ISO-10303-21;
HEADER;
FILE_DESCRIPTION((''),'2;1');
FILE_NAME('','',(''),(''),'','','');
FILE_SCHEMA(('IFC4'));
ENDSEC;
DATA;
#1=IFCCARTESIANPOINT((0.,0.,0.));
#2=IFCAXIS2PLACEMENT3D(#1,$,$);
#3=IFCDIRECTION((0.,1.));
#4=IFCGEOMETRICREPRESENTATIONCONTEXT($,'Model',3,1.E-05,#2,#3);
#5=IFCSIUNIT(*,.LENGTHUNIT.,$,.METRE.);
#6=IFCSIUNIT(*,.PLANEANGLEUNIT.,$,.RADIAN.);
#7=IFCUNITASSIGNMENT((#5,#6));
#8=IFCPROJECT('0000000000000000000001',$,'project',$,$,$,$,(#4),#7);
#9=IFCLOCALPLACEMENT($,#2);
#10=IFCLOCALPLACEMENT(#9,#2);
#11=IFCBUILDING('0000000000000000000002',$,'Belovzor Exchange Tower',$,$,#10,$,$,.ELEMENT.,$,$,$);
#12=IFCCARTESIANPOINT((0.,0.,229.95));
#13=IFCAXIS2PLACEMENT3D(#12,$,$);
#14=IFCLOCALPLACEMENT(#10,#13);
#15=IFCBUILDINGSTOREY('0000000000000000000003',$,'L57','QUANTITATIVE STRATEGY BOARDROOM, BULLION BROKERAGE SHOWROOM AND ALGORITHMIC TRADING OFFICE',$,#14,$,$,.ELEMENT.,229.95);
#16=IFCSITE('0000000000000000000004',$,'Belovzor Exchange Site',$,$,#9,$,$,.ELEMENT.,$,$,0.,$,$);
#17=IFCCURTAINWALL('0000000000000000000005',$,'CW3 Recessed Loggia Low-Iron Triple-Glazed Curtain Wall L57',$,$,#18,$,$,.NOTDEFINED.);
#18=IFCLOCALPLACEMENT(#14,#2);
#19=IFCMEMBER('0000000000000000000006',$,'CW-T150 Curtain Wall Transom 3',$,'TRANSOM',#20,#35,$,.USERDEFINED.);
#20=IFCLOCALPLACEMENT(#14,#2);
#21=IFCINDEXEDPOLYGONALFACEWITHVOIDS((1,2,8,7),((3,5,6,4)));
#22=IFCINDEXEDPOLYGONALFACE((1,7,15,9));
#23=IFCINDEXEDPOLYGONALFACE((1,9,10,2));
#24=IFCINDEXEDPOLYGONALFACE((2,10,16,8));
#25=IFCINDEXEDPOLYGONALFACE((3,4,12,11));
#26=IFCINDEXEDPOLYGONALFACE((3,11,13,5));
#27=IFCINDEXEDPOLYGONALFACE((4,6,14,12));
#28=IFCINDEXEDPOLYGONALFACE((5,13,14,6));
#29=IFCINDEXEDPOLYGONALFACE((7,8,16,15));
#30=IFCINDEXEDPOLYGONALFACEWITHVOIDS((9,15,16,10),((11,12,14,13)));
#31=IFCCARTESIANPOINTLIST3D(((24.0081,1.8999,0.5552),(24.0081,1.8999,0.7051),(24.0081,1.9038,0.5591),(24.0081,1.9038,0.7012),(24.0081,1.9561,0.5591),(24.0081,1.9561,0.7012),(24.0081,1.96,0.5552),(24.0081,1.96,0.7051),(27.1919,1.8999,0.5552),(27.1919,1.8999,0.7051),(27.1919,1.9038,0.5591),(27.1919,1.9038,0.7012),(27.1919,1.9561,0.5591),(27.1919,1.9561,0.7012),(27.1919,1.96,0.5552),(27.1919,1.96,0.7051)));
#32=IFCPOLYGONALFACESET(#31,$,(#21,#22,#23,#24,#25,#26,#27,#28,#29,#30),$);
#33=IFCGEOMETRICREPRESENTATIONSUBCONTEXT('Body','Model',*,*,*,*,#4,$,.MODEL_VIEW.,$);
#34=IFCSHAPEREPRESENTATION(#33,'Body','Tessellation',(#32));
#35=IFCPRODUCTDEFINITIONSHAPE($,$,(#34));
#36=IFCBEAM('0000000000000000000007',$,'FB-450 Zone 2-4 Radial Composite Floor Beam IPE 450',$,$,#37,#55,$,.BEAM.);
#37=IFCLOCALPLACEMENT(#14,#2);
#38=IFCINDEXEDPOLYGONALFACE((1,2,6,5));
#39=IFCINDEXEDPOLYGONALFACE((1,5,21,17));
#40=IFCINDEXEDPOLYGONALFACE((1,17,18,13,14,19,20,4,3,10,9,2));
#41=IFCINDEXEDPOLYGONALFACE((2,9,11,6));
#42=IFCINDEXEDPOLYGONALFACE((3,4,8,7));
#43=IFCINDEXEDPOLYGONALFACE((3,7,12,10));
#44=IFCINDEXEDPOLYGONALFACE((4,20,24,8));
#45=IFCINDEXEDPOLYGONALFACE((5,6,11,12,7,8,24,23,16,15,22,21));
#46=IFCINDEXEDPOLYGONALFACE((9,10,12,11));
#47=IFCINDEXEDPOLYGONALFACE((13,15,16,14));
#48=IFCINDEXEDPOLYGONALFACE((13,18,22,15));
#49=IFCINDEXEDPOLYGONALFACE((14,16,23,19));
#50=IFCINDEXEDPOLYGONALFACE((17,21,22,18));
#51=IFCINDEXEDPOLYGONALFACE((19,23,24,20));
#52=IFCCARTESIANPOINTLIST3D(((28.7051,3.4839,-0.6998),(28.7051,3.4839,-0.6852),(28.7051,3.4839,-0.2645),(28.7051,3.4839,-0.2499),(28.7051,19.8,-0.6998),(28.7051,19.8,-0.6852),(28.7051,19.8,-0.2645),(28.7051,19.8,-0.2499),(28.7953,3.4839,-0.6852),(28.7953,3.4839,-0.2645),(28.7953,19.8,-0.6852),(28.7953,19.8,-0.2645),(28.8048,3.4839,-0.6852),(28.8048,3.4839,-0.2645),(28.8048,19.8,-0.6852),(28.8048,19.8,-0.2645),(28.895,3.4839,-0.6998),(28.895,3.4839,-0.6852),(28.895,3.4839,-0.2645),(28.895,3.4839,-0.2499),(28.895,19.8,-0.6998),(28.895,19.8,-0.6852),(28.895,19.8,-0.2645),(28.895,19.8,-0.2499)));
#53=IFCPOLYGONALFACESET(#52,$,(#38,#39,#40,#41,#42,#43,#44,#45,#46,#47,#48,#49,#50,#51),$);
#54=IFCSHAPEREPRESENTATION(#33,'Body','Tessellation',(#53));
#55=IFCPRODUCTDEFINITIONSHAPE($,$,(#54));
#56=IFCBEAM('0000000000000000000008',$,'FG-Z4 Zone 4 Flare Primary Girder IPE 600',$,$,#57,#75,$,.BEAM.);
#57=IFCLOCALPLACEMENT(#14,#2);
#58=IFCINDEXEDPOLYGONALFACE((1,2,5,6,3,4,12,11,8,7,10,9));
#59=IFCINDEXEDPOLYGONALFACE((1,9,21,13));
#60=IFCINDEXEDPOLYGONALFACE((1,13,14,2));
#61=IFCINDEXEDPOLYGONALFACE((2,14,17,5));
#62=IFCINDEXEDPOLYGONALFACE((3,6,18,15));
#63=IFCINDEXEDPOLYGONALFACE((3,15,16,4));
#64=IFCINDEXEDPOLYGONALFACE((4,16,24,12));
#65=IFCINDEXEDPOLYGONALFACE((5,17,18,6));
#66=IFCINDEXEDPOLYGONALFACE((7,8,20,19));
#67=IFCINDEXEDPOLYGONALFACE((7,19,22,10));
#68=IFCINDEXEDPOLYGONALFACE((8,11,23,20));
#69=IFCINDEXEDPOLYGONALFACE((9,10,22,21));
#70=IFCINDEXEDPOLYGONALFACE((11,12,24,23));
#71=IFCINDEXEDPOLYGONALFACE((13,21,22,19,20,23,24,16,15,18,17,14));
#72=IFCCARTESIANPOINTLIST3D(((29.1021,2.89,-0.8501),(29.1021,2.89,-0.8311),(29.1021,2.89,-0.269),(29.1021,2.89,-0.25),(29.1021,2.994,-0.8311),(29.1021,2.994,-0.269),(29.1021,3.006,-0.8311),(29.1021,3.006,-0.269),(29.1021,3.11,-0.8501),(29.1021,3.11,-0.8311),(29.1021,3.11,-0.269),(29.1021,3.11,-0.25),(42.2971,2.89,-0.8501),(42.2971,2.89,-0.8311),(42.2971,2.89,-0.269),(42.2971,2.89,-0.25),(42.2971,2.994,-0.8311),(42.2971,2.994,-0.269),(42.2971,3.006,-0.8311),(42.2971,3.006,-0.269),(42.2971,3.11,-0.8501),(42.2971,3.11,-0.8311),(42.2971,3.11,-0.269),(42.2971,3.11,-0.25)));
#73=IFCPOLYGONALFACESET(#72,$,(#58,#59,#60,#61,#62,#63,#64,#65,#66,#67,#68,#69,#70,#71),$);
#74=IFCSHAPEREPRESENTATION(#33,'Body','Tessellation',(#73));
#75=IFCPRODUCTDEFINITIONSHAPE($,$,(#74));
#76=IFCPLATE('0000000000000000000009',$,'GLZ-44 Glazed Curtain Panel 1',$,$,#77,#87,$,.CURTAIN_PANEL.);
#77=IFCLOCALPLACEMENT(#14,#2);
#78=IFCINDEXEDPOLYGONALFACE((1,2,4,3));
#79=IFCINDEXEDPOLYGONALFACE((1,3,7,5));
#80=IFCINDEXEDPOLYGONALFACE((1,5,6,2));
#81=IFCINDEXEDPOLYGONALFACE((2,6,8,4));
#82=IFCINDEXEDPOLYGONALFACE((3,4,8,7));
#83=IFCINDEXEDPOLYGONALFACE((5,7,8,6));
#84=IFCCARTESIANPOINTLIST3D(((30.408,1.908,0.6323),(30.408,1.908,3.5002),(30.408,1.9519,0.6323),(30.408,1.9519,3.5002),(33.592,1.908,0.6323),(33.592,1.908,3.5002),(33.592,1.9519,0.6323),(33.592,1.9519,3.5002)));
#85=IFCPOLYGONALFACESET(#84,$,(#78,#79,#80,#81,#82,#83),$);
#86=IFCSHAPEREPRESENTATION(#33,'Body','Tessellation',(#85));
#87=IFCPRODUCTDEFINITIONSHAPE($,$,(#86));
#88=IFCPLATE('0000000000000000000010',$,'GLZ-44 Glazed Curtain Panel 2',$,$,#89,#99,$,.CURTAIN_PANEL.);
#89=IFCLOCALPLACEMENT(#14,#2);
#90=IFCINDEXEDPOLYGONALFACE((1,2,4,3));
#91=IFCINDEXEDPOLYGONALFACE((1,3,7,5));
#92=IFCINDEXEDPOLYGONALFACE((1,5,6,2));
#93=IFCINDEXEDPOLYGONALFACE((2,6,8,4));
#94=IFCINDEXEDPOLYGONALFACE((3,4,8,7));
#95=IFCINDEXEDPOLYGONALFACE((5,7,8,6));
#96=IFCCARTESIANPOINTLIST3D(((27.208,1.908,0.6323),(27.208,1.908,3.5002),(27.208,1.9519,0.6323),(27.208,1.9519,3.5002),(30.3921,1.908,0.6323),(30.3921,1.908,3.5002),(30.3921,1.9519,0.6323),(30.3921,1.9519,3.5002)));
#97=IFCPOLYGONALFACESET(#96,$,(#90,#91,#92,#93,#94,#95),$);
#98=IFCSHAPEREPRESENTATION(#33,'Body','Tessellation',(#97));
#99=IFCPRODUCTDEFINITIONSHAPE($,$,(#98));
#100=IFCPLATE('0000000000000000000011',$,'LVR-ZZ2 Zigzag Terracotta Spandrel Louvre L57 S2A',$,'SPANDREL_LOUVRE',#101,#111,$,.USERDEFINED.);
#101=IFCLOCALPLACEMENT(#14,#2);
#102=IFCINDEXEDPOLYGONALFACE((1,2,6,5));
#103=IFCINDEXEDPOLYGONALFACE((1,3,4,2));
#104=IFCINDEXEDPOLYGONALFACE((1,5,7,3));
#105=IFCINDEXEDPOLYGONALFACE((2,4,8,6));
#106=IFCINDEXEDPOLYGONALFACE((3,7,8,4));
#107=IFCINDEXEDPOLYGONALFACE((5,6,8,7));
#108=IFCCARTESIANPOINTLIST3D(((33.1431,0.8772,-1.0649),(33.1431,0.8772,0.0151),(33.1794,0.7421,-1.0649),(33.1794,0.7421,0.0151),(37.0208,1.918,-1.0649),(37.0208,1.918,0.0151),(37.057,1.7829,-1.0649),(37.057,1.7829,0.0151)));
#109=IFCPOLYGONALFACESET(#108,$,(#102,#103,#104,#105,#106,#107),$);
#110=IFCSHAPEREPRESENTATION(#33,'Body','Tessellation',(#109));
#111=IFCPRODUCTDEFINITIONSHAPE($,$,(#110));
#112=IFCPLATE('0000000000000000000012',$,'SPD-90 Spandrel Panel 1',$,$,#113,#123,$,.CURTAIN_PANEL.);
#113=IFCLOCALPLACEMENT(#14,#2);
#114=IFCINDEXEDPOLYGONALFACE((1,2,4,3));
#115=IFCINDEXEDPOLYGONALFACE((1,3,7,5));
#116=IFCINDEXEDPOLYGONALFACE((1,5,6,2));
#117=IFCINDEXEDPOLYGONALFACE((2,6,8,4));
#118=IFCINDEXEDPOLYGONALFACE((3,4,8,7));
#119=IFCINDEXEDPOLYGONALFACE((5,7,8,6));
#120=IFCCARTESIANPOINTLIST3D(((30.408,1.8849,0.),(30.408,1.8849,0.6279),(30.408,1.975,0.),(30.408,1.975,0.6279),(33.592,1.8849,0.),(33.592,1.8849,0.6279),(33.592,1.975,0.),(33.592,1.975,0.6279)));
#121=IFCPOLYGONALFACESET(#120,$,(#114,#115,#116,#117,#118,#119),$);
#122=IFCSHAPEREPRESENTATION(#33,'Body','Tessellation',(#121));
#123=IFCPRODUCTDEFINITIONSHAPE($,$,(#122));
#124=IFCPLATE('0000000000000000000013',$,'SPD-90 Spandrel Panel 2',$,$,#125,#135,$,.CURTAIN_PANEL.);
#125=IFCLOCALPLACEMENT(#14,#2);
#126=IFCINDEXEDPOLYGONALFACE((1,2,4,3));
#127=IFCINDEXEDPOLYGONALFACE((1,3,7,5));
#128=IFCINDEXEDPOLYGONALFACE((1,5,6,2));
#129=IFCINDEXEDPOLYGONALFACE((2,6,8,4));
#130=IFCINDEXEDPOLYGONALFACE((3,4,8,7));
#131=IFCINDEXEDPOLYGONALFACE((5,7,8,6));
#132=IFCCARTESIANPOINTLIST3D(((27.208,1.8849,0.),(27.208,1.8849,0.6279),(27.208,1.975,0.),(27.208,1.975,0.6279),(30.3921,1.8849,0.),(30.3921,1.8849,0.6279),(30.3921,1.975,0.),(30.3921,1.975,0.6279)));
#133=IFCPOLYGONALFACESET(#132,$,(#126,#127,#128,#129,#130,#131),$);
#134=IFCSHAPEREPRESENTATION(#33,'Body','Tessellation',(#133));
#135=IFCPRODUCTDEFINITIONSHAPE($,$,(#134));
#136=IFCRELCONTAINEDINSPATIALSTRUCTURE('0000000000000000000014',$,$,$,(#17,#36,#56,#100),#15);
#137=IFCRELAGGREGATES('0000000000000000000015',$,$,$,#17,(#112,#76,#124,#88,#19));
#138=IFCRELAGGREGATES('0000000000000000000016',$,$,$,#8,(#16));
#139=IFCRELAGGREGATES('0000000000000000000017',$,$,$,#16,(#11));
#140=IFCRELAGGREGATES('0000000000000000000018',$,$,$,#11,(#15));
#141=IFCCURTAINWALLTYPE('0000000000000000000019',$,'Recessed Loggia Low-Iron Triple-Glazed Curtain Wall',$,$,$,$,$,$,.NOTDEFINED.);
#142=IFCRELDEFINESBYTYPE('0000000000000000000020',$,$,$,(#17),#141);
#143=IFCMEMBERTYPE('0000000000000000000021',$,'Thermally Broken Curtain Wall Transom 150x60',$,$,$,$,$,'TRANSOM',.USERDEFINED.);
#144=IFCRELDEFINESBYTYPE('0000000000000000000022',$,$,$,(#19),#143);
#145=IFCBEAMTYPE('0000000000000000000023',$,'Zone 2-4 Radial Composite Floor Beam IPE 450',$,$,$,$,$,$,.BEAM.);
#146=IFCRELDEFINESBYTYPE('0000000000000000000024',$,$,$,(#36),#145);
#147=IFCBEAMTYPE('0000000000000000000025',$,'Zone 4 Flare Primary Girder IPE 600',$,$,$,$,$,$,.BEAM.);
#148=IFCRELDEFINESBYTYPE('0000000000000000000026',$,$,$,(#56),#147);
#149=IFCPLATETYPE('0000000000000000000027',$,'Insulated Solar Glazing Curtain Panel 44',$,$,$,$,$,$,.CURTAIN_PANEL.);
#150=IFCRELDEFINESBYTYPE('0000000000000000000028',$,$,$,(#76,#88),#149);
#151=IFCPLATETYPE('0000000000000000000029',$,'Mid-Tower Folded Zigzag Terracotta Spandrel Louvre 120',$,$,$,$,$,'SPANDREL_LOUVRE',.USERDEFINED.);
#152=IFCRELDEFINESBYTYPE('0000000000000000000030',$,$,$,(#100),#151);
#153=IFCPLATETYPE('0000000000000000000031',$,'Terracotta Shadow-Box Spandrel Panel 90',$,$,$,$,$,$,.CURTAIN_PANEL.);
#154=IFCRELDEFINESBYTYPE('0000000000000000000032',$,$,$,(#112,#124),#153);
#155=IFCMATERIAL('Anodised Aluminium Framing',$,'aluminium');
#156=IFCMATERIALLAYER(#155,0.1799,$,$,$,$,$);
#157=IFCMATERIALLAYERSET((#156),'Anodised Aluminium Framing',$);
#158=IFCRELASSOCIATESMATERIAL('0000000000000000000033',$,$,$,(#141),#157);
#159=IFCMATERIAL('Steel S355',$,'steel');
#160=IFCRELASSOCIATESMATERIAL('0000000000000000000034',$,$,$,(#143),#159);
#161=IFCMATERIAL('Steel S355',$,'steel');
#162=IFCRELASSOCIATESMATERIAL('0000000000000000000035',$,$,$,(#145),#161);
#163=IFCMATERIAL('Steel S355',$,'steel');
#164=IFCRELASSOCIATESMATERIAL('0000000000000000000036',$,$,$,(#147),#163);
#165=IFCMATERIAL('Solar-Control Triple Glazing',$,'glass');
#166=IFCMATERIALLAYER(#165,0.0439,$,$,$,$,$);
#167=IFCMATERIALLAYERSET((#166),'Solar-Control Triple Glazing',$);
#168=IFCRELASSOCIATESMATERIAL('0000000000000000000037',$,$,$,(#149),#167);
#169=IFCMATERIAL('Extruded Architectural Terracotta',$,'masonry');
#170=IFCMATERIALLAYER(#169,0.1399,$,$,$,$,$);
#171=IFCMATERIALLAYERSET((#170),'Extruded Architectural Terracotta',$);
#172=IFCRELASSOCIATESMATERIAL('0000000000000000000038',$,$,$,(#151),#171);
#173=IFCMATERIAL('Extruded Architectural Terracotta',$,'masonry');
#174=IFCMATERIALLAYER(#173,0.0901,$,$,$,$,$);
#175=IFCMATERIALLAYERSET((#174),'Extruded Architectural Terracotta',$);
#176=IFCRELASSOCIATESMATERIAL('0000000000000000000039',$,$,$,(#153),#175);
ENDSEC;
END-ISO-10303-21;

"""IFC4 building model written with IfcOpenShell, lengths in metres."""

from ifc_helpers import new_model, si_unit, direction, frame, origin, origin_2d, place, context, subcontext, project, spatial, rectangle, hollow_rectangle, i_section, extrude, material, layer, layer_set, material_profile, profile_set, type_object, element, aggregate, save


model = new_model("IFC4")

# Units and contexts
model_context = context("Model", 3, precision=1e-05, world=origin(), true_north=direction((0.0, 1.0)))
body_context = subcontext(model_context, "Body", "Model", "MODEL_VIEW")
ifc_project = project(units=[si_unit("LENGTHUNIT", "METRE"), si_unit("PLANEANGLEUNIT", "RADIAN")], contexts=[model_context])

# Site, building, storey
site_placement = place(None, origin())
site = spatial("IfcSite", under=ifc_project, at=site_placement, Name="Belovzor Exchange Site", CompositionType="ELEMENT", RefElevation=0.0)
building_placement = place(site_placement, origin())
building = spatial("IfcBuilding", under=site, at=building_placement, Name="Belovzor Exchange Tower", CompositionType="ELEMENT")
storey_placement = place(building_placement, frame((0.0, 0.0, 229.95)))
storey = spatial("IfcBuildingStorey", under=building, at=storey_placement, Name="L57", Description="QUANTITATIVE STRATEGY BOARDROOM, BULLION BROKERAGE SHOWROOM AND ALGORITHMIC TRADING OFFICE", CompositionType="ELEMENT", Elevation=229.95)

# Curtain wall, member
ifc_material_1 = material(Name="Anodised Aluminium Framing", Category="aluminium")
ifc_layer_1 = layer(ifc_material_1, 0.1799)
ifc_layer_set_1 = layer_set([ifc_layer_1], Name="Anodised Aluminium Framing")
curtain_wall_type = type_object("IfcCurtainWallType", Name="Recessed Loggia Low-Iron Triple-Glazed Curtain Wall", PredefinedType="NOTDEFINED", material=ifc_layer_set_1)
curtain_wall_placement = place(storey_placement, origin())
curtain_wall = element("IfcCurtainWall", 1, at=curtain_wall_placement, inside=storey, type_object=curtain_wall_type, Name="CW3 Recessed Loggia Low-Iron Triple-Glazed Curtain Wall L57", PredefinedType="NOTDEFINED")
ifc_material_2 = material(Name="Steel S355", Category="steel")
ifc_material_profile_1 = material_profile(ifc_material_2, hollow_rectangle(XDim=0.0601, YDim=0.1499, WallThickness=0.0039, at=origin_2d()))
ifc_profile_set_1 = profile_set([ifc_material_profile_1], Name="Steel S355")
member_type_1 = type_object("IfcMemberType", Name="Thermally Broken Curtain Wall Transom 150x60", ElementType="TRANSOM", PredefinedType="USERDEFINED", material=ifc_profile_set_1)
member_1_placement = place(storey_placement, frame((27.1919, 1.9299, 0.6301), z_axis=(-1.0, 0.0, 0.0), x_axis=(0.0, -1.0, 0.0)))
member_1 = element("IfcMember", 2, at=member_1_placement, type_object=member_type_1, Name="CW-T150 Curtain Wall Transom 3", ObjectType="TRANSOM", PredefinedType="USERDEFINED", context=body_context, shape_type="SweptSolid", body=[
    extrude(hollow_rectangle(XDim=0.0601, YDim=0.1499, WallThickness=0.0039, at=origin_2d()), origin(), (0.0, 0.0, 1.0), 3.1838),
])

# Beams
ifc_material_3 = material(Name="Steel S355", Category="steel")
ifc_material_profile_2 = material_profile(ifc_material_3, i_section(OverallWidth=0.1899, OverallDepth=0.45, WebThickness=0.0095, FlangeThickness=0.0146, at=origin_2d()))
ifc_profile_set_2 = profile_set([ifc_material_profile_2], Name="Steel S355")
beam_type_1 = type_object("IfcBeamType", Name="Zone 2-4 Radial Composite Floor Beam IPE 450", PredefinedType="BEAM", material=ifc_profile_set_2)
beam_1_placement = place(storey_placement, frame((28.8, 19.8, -0.4749), z_axis=(0.0, -1.0, 0.0), x_axis=(1.0, 0.0, 0.0)))
element("IfcBeam", 3, at=beam_1_placement, inside=storey, type_object=beam_type_1, Name="FB-450 Zone 2-4 Radial Composite Floor Beam IPE 450", PredefinedType="BEAM", context=body_context, shape_type="SweptSolid", body=[
    extrude(i_section(OverallWidth=0.1899, OverallDepth=0.45, WebThickness=0.0095, FlangeThickness=0.0146, at=origin_2d()), origin(), (0.0, 0.0, 1.0), 16.3162),
])
ifc_material_4 = material(Name="Steel S355", Category="steel")
ifc_material_profile_3 = material_profile(ifc_material_4, i_section(OverallWidth=0.22, OverallDepth=0.6001, WebThickness=0.012, FlangeThickness=0.019, at=origin_2d()))
ifc_profile_set_3 = profile_set([ifc_material_profile_3], Name="Steel S355")
beam_type_2 = type_object("IfcBeamType", Name="Zone 4 Flare Primary Girder IPE 600", PredefinedType="BEAM", material=ifc_profile_set_3)
beam_2_placement = place(storey_placement, frame((29.1021, 3.0, -0.55), z_axis=(1.0, 0.0, 0.0), x_axis=(0.0, 1.0, 0.0)))
element("IfcBeam", 4, at=beam_2_placement, inside=storey, type_object=beam_type_2, Name="FG-Z4 Zone 4 Flare Primary Girder IPE 600", PredefinedType="BEAM", context=body_context, shape_type="SweptSolid", body=[
    extrude(i_section(OverallWidth=0.22, OverallDepth=0.6001, WebThickness=0.012, FlangeThickness=0.019, at=origin_2d()), origin(), (0.0, 0.0, 1.0), 13.1951),
])

# Plates
ifc_material_5 = material(Name="Solar-Control Triple Glazing", Category="glass")
ifc_layer_2 = layer(ifc_material_5, 0.0439)
ifc_layer_set_2 = layer_set([ifc_layer_2], Name="Solar-Control Triple Glazing")
plate_type_1 = type_object("IfcPlateType", Name="Insulated Solar Glazing Curtain Panel 44", PredefinedType="CURTAIN_PANEL", material=ifc_layer_set_2)
plate_1_placement = place(storey_placement, frame((32.0, 1.9299, 0.6323), z_axis=(0.0, 0.0, 1.0), x_axis=(-1.0, 0.0, 0.0)))
plate_1 = element("IfcPlate", 5, at=plate_1_placement, type_object=plate_type_1, Name="GLZ-44 Glazed Curtain Panel 1", PredefinedType="CURTAIN_PANEL", context=body_context, shape_type="SweptSolid", body=[
    extrude(rectangle(XDim=3.1841, YDim=0.0439, at=origin_2d()), origin(), (0.0, 0.0, 1.0), 2.8679),
])
plate_2_placement = place(storey_placement, frame((28.8, 1.9299, 0.6323), z_axis=(0.0, 0.0, 1.0), x_axis=(-1.0, 0.0, 0.0)))
plate_2 = element("IfcPlate", 6, at=plate_2_placement, type_object=plate_type_1, Name="GLZ-44 Glazed Curtain Panel 2", PredefinedType="CURTAIN_PANEL", context=body_context, shape_type="SweptSolid", body=[
    extrude(rectangle(XDim=3.1841, YDim=0.0439, at=origin_2d()), origin(), (0.0, 0.0, 1.0), 2.8679),
])
ifc_material_6 = material(Name="Extruded Architectural Terracotta", Category="masonry")
ifc_layer_3 = layer(ifc_material_6, 0.1399)
ifc_layer_set_3 = layer_set([ifc_layer_3], Name="Extruded Architectural Terracotta")
plate_type_2 = type_object("IfcPlateType", Name="Mid-Tower Folded Zigzag Terracotta Spandrel Louvre 120", ElementType="SPANDREL_LOUVRE", PredefinedType="USERDEFINED", material=ifc_layer_set_3)
plate_3_placement = place(storey_placement, frame((35.1001, 1.3301, -1.0649), z_axis=(0.0, 0.0, 1.0), x_axis=(0.965813, 0.25924, 0.0)))
element("IfcPlate", 7, at=plate_3_placement, inside=storey, type_object=plate_type_2, Name="LVR-ZZ2 Zigzag Terracotta Spandrel Louvre L57 S2A", ObjectType="SPANDREL_LOUVRE", PredefinedType="USERDEFINED", context=body_context, shape_type="SweptSolid", body=[
    extrude(rectangle(XDim=4.0149, YDim=0.1399, at=origin_2d()), origin(), (0.0, 0.0, 1.0), 1.0801),
])
ifc_material_7 = material(Name="Extruded Architectural Terracotta", Category="masonry")
ifc_layer_4 = layer(ifc_material_7, 0.0901)
ifc_layer_set_4 = layer_set([ifc_layer_4], Name="Extruded Architectural Terracotta")
plate_type_3 = type_object("IfcPlateType", Name="Terracotta Shadow-Box Spandrel Panel 90", PredefinedType="CURTAIN_PANEL", material=ifc_layer_set_4)
plate_4_placement = place(storey_placement, frame((32.0, 1.9299, 0.0), z_axis=(0.0, 0.0, 1.0), x_axis=(-1.0, 0.0, 0.0)))
plate_4 = element("IfcPlate", 8, at=plate_4_placement, type_object=plate_type_3, Name="SPD-90 Spandrel Panel 1", PredefinedType="CURTAIN_PANEL", context=body_context, shape_type="SweptSolid", body=[
    extrude(rectangle(XDim=3.1841, YDim=0.0901, at=origin_2d()), origin(), (0.0, 0.0, 1.0), 0.6279),
])
plate_5_placement = place(storey_placement, frame((28.8, 1.9299, 0.0), z_axis=(0.0, 0.0, 1.0), x_axis=(-1.0, 0.0, 0.0)))
plate_5 = element("IfcPlate", 9, at=plate_5_placement, type_object=plate_type_3, Name="SPD-90 Spandrel Panel 2", PredefinedType="CURTAIN_PANEL", context=body_context, shape_type="SweptSolid", body=[
    extrude(rectangle(XDim=3.1841, YDim=0.0901, at=origin_2d()), origin(), (0.0, 0.0, 1.0), 0.6279),
])
aggregate(curtain_wall, [plate_4, plate_1, plate_5, plate_2, member_1])

save(model, "model.ifc")
